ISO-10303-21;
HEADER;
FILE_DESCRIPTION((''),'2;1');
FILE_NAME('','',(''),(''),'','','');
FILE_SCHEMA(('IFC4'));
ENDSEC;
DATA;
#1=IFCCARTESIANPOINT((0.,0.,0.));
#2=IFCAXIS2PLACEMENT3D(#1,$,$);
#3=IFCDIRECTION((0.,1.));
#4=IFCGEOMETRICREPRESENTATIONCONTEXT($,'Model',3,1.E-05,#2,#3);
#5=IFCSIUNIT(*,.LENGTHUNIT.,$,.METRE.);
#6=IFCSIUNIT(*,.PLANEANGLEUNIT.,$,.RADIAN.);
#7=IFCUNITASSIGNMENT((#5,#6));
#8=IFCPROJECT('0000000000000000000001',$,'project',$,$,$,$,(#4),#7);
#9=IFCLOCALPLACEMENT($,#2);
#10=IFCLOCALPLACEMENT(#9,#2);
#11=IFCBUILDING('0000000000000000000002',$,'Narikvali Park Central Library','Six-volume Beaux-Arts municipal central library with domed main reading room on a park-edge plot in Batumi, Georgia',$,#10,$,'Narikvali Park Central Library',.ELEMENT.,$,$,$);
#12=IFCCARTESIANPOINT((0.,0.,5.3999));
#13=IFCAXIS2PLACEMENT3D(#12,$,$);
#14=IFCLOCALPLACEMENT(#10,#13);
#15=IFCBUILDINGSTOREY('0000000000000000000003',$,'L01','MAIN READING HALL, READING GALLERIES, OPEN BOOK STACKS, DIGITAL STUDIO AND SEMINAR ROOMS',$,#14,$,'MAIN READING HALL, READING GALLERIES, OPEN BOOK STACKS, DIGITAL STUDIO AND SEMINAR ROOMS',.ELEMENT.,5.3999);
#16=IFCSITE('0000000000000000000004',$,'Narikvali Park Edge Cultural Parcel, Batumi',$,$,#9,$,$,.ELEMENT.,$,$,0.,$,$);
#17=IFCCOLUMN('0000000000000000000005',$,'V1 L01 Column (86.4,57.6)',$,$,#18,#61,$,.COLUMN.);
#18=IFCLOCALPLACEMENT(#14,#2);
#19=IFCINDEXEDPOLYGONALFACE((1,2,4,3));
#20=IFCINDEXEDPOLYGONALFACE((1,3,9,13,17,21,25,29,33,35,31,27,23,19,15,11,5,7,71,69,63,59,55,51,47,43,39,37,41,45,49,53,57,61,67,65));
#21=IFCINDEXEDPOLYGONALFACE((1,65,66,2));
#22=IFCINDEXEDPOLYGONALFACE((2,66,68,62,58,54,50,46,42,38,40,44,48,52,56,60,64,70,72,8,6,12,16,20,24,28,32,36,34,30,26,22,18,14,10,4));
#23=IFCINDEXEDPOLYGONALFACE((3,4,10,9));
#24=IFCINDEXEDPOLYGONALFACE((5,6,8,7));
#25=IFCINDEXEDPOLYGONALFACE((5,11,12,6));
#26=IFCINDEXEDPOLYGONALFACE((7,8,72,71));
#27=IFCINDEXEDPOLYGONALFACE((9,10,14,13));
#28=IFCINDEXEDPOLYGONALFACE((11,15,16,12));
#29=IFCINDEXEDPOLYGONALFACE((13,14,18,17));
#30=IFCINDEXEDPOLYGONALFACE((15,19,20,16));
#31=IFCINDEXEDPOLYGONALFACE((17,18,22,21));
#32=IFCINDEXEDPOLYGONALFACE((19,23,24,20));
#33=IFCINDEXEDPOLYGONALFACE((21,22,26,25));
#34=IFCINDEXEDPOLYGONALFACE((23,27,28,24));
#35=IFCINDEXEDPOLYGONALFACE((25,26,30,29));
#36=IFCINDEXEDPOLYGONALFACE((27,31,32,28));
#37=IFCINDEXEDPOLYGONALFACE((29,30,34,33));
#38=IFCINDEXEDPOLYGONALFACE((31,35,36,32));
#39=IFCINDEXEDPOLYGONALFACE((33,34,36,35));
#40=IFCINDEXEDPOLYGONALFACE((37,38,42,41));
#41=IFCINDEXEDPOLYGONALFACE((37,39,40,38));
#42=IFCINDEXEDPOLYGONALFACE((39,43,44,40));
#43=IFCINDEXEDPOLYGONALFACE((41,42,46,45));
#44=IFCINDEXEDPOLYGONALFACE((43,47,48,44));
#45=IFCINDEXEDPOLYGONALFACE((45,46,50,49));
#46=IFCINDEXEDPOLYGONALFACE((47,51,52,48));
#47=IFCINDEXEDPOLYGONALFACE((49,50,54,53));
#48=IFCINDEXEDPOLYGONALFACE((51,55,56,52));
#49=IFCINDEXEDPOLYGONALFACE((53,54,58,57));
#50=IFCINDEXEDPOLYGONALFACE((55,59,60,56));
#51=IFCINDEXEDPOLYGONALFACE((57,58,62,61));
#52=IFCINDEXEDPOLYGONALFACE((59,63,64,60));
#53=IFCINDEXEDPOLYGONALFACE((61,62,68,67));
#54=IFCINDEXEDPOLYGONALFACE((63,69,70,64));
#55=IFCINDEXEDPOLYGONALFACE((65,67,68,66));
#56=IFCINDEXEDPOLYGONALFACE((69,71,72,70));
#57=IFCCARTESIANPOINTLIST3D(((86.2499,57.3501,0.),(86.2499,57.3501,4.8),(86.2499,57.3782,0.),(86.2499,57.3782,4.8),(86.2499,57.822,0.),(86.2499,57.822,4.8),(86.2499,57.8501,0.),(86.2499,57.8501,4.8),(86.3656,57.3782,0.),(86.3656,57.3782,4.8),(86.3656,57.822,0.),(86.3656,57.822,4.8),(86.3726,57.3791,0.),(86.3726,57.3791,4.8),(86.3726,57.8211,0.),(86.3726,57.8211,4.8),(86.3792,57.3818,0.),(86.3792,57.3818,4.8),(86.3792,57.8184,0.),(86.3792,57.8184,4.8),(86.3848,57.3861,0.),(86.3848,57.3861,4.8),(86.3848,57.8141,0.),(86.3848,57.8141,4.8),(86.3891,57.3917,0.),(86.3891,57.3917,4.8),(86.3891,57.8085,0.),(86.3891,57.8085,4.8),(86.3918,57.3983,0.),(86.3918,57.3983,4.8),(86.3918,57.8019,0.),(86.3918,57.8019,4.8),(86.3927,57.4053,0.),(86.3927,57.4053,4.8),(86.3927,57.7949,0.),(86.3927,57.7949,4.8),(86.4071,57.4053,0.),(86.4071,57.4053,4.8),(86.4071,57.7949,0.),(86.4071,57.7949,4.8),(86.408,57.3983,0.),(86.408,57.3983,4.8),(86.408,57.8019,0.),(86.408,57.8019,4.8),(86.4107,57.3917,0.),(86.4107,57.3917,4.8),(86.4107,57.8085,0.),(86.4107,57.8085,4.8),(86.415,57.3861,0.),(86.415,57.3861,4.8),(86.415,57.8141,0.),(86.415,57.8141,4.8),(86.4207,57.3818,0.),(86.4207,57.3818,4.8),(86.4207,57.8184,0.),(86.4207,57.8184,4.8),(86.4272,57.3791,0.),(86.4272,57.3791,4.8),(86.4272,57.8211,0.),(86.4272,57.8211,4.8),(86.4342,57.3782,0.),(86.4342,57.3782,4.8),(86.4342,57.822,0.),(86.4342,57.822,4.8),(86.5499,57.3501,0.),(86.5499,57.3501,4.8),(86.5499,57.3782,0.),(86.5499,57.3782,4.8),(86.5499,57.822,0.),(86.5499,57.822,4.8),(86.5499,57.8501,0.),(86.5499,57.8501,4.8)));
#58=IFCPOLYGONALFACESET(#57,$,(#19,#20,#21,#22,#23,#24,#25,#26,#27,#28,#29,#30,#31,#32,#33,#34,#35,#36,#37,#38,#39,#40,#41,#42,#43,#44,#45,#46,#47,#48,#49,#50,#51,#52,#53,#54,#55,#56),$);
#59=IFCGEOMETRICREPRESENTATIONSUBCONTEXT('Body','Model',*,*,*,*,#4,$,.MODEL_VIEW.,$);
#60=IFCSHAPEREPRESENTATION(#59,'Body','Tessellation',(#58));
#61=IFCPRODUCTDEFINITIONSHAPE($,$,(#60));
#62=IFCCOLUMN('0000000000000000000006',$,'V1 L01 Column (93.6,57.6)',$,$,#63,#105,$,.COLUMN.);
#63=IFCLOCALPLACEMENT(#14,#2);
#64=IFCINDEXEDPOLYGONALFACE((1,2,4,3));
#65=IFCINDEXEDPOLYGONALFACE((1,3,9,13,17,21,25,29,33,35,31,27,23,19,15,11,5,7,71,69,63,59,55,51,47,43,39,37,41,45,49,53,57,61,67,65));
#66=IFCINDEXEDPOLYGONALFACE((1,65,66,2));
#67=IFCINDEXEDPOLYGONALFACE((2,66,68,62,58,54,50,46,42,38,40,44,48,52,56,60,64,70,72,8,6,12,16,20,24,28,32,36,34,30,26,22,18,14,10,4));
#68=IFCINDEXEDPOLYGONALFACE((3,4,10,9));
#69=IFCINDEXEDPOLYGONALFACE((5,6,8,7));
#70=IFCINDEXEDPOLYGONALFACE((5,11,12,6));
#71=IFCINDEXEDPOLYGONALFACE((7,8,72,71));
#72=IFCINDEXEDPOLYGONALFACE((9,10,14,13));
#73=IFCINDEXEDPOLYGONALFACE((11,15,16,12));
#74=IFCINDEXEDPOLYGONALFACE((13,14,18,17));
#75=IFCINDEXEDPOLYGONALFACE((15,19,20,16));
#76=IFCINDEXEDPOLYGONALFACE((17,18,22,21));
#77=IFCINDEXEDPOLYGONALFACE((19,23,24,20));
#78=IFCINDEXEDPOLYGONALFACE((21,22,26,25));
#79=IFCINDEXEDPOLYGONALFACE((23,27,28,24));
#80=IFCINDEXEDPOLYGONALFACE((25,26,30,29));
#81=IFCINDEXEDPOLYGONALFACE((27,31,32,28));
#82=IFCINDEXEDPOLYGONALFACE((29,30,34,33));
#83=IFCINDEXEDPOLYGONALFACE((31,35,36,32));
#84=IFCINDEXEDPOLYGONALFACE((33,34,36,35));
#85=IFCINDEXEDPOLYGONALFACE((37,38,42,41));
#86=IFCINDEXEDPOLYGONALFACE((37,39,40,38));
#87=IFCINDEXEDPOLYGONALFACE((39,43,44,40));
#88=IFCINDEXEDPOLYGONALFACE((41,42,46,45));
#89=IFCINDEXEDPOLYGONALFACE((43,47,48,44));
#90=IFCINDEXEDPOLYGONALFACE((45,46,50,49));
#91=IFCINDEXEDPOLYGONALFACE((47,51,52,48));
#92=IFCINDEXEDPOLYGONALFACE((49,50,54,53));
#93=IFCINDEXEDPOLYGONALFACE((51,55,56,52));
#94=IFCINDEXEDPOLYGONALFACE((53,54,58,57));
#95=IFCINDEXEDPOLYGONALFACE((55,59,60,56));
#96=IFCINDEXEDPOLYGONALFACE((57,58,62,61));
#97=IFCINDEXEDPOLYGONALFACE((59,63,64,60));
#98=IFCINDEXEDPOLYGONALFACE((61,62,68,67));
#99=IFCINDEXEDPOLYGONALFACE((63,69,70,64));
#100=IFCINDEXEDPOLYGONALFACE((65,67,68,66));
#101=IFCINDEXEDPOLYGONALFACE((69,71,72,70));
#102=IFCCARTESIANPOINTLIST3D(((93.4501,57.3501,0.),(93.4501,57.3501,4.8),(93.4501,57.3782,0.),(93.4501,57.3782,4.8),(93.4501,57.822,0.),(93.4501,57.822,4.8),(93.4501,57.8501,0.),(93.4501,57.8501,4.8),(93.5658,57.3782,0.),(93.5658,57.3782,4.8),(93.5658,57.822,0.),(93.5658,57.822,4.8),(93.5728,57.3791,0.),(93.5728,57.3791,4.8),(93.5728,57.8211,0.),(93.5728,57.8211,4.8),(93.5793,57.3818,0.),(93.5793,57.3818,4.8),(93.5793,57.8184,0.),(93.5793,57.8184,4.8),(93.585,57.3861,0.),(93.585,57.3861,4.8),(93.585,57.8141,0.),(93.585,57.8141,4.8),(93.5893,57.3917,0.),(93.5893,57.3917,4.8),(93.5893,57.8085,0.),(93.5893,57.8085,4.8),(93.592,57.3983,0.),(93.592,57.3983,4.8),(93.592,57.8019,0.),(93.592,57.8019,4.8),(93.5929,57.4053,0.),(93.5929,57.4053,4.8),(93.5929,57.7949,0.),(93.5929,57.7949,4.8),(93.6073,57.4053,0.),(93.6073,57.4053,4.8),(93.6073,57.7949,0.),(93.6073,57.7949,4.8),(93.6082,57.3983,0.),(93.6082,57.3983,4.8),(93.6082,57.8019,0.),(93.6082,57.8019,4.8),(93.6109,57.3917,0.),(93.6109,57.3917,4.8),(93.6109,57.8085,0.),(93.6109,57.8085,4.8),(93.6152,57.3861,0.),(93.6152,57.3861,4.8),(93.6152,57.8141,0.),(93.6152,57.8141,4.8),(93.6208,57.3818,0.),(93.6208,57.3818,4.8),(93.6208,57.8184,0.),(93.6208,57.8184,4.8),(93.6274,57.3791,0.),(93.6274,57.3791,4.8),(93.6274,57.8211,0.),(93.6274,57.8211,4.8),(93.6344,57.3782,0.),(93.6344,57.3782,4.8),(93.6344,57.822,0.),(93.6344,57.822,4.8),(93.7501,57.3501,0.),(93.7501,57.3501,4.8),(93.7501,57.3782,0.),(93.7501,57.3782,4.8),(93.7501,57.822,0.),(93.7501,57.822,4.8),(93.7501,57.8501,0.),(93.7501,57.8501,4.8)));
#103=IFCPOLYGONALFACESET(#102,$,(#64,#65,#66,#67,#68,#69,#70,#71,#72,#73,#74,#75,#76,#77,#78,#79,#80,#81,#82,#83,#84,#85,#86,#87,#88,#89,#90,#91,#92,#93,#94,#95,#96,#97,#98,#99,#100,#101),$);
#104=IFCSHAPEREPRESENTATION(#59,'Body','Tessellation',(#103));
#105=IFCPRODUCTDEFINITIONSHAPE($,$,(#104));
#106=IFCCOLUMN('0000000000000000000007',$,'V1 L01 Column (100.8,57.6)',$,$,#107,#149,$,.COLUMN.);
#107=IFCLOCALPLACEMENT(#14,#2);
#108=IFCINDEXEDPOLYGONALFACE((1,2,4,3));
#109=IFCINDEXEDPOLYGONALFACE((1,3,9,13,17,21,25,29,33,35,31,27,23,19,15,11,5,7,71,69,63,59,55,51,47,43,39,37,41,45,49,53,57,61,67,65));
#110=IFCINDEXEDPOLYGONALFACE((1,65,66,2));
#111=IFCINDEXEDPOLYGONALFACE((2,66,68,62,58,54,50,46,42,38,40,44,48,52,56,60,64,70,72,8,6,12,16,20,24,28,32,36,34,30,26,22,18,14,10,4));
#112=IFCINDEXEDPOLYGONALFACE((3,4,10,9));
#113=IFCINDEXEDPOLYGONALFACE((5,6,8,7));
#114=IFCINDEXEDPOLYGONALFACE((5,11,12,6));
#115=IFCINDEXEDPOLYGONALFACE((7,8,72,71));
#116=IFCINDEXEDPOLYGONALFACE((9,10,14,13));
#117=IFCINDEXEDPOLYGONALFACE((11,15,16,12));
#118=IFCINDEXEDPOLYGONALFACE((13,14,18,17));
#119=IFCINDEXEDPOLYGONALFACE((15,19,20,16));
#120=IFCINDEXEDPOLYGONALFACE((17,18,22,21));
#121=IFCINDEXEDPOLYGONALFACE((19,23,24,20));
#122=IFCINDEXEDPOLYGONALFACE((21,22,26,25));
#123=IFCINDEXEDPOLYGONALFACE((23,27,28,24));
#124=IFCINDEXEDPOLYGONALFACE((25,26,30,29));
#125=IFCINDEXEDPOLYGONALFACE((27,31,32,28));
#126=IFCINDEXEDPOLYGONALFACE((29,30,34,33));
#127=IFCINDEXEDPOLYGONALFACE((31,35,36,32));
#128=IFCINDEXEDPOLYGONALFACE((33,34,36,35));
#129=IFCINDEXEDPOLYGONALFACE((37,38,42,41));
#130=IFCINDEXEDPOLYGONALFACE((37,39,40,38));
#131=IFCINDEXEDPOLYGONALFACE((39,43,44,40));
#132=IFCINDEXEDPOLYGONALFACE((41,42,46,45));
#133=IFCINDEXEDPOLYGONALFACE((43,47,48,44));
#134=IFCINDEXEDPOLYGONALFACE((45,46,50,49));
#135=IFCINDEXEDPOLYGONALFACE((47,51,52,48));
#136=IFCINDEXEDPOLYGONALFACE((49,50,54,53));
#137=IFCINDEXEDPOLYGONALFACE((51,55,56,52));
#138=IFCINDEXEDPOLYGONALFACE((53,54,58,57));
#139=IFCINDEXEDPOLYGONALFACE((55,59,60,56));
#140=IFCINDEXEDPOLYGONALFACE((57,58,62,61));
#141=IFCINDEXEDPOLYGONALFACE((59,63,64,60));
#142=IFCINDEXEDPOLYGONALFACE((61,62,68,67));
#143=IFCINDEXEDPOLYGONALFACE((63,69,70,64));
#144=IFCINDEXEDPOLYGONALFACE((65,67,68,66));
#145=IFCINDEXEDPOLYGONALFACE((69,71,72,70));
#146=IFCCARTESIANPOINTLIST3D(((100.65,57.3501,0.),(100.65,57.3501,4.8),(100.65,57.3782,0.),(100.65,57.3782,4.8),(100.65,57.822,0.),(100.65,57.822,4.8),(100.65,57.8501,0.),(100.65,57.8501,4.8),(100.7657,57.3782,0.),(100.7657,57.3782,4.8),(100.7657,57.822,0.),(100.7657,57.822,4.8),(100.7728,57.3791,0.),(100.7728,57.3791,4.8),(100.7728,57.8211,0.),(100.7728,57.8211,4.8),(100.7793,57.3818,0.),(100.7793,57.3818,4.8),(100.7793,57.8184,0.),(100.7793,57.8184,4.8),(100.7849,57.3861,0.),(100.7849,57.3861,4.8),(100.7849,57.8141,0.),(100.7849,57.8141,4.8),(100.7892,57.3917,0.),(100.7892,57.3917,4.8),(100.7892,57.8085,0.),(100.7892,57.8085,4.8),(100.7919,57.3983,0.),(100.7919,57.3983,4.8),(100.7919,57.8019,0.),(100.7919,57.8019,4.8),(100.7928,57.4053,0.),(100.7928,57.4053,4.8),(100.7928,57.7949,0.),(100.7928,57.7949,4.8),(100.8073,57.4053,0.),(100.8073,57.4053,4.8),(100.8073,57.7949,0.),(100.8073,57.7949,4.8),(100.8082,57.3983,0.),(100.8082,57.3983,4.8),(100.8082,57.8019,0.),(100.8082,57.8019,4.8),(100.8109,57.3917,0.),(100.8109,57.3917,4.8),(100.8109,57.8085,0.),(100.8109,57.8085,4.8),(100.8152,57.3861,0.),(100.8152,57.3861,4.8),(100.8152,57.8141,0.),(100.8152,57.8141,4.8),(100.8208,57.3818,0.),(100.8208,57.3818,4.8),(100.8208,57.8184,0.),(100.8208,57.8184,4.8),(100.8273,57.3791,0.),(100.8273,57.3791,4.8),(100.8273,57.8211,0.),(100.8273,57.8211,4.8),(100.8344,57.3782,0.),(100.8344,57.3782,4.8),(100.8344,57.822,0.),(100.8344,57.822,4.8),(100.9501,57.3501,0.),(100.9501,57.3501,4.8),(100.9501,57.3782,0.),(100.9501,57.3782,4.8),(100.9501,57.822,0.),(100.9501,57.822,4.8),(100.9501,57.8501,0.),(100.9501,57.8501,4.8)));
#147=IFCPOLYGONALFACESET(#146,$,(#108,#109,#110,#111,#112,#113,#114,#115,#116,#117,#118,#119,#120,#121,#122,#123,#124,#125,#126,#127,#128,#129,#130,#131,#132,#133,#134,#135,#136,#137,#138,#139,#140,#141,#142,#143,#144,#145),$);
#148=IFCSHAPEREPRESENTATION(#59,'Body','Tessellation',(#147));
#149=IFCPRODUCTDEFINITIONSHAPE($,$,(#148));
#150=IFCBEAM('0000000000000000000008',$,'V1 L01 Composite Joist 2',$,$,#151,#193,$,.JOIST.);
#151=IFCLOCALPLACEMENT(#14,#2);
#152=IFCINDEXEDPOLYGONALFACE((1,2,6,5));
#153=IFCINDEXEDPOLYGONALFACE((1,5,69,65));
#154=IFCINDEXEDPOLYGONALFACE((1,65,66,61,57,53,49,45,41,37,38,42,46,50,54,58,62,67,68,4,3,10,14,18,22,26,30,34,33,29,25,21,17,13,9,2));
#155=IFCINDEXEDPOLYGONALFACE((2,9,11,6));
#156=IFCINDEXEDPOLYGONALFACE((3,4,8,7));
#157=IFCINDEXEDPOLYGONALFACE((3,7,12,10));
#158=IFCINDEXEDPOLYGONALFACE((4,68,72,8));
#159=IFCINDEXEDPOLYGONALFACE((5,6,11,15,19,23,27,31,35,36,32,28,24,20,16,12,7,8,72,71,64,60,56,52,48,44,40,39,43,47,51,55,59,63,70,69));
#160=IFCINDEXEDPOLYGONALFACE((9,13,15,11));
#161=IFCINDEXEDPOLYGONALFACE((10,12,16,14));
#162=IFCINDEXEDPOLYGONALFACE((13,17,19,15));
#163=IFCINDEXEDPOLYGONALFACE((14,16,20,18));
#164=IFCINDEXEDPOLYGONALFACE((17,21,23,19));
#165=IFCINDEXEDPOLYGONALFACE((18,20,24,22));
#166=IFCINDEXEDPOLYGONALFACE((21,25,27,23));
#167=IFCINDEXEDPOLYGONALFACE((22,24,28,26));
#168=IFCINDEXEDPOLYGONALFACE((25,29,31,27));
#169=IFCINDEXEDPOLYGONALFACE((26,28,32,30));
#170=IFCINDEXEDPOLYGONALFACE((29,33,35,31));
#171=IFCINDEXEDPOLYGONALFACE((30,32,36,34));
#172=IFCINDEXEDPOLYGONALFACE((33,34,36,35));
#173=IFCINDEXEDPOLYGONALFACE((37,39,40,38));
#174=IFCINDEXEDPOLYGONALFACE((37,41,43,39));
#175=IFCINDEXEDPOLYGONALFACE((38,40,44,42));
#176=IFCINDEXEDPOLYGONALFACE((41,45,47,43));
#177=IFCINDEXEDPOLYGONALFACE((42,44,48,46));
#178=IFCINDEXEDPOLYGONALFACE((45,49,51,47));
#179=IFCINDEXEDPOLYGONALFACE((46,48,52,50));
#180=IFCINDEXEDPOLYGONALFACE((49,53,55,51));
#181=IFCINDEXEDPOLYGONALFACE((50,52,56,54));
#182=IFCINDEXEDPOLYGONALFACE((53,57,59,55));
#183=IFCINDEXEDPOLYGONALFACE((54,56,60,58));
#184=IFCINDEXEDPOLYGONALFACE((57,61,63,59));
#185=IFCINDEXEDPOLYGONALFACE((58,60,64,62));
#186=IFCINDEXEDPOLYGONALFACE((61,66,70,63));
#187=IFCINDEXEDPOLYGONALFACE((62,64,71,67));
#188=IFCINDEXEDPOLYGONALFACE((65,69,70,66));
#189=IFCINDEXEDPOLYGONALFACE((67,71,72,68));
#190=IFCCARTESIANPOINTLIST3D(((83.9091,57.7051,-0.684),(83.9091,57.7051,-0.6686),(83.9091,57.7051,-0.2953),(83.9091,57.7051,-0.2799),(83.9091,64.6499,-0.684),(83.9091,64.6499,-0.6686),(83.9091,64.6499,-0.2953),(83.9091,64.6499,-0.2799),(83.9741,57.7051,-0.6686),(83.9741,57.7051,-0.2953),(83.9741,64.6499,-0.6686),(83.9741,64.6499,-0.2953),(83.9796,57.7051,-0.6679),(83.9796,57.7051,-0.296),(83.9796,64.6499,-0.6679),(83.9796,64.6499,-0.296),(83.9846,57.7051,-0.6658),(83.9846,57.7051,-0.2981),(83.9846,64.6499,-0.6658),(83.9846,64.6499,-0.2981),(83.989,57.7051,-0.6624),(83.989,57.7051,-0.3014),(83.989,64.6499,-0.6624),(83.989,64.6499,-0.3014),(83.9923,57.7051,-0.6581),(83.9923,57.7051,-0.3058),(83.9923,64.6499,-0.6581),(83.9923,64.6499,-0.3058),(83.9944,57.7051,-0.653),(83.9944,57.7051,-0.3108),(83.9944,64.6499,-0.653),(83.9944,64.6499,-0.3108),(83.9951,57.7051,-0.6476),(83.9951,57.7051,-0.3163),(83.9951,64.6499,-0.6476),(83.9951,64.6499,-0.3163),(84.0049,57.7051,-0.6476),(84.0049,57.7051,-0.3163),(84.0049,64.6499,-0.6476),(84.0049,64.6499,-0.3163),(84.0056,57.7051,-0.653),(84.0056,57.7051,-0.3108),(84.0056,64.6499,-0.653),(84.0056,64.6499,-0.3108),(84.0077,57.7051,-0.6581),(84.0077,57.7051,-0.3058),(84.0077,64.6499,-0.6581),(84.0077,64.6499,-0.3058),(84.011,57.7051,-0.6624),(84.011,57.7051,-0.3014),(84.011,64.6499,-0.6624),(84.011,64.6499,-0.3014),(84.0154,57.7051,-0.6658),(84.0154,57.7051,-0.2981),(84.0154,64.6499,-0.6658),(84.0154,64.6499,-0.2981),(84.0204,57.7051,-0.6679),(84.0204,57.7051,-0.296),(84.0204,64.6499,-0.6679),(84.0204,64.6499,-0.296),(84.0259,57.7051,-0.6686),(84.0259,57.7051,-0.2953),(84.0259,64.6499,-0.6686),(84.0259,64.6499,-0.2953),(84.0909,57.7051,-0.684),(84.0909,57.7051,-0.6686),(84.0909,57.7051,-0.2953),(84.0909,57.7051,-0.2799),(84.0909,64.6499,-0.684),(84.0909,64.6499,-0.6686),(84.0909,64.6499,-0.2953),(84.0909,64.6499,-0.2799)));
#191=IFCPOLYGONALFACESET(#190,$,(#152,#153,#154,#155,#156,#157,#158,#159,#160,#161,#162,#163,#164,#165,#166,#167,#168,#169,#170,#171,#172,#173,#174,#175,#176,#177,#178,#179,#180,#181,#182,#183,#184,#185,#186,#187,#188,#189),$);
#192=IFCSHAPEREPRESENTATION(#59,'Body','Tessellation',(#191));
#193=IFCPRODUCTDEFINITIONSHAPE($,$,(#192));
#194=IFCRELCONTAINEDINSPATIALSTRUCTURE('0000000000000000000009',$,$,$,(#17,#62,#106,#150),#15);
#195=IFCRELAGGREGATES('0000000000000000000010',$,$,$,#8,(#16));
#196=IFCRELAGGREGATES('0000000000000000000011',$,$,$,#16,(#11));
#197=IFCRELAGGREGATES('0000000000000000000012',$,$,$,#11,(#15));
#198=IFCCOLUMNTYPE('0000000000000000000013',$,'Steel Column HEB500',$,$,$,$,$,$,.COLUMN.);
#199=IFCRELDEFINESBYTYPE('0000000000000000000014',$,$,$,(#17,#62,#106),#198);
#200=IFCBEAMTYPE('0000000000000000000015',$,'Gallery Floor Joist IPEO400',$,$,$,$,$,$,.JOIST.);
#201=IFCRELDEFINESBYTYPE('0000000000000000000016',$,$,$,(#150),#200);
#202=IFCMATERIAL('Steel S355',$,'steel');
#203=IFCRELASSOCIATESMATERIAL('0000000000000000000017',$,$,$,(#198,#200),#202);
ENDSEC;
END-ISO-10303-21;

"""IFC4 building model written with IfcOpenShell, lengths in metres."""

from ifc_helpers import new_model, si_unit, direction, frame, origin, origin_2d, place, context, subcontext, project, spatial, i_section, extrude, material, material_profile, profile_set, type_object, element, save


model = new_model("IFC4")

# Units and contexts
model_context = context("Model", 3, precision=1e-05, world=origin(), true_north=direction((0.0, 1.0)))
body_context = subcontext(model_context, "Body", "Model", "MODEL_VIEW")
ifc_project = project(units=[si_unit("LENGTHUNIT", "METRE"), si_unit("PLANEANGLEUNIT", "RADIAN")], contexts=[model_context])

# Site, building, storey
site_placement = place(None, origin())
site = spatial("IfcSite", under=ifc_project, at=site_placement, Name="Narikvali Park Edge Cultural Parcel, Batumi", CompositionType="ELEMENT", RefElevation=0.0)
building_placement = place(site_placement, origin())
building = spatial("IfcBuilding", under=site, at=building_placement, Name="Narikvali Park Central Library", Description="Six-volume Beaux-Arts municipal central library with domed main reading room on a park-edge plot in Batumi, Georgia", LongName="Narikvali Park Central Library", CompositionType="ELEMENT")
storey_placement = place(building_placement, frame((0.0, 0.0, 5.3999)))
storey = spatial("IfcBuildingStorey", under=building, at=storey_placement, Name="L01", Description="MAIN READING HALL, READING GALLERIES, OPEN BOOK STACKS, DIGITAL STUDIO AND SEMINAR ROOMS", LongName="MAIN READING HALL, READING GALLERIES, OPEN BOOK STACKS, DIGITAL STUDIO AND SEMINAR ROOMS", CompositionType="ELEMENT", Elevation=5.3999)

# Columns
ifc_material_1 = material(Name="Steel S355", Category="steel")
ifc_material_profile_1 = material_profile(ifc_material_1, i_section(OverallWidth=0.3, OverallDepth=0.5, WebThickness=0.0144, FlangeThickness=0.0281, FilletRadius=0.0271, at=origin_2d()), Name="HEB 500")
ifc_profile_set_1 = profile_set([ifc_material_profile_1], Name="Steel S355")
column_type = type_object("IfcColumnType", Name="Steel Column HEB500", PredefinedType="COLUMN", material=ifc_profile_set_1)
for number, where, z_axis, x_axis, name in (
    (1, (86.3999, 57.6001, 0.0), (0.0, 0.0, 1.0), (1.0, 0.0, 0.0), "V1 L01 Column (86.4,57.6)"),
    (2, (93.6001, 57.6001, 0.0), (0.0, 0.0, 1.0), (1.0, 0.0, 0.0), "V1 L01 Column (93.6,57.6)"),
    (3, (100.8, 57.6001, 0.0), (0.0, 0.0, 1.0), (1.0, 0.0, 0.0), "V1 L01 Column (100.8,57.6)"),
):
    element("IfcColumn", number, at=place(storey_placement, frame(where, z_axis=z_axis, x_axis=x_axis)), inside=storey, type_object=column_type, Name=name, PredefinedType="COLUMN", context=body_context, shape_type="SweptSolid", body=[
        extrude(i_section(OverallWidth=0.3, OverallDepth=0.5, WebThickness=0.0144, FlangeThickness=0.0281, FilletRadius=0.0271, at=origin_2d()), origin(), (0.0, 0.0, 1.0), 4.8),
    ])

# Beam
ifc_material_profile_2 = material_profile(ifc_material_1, i_section(OverallWidth=0.1819, OverallDepth=0.4041, WebThickness=0.0098, FlangeThickness=0.0154, FilletRadius=0.021, at=origin_2d()), Name="IPEO 400")
ifc_profile_set_2 = profile_set([ifc_material_profile_2], Name="Steel S355")
beam_type_1 = type_object("IfcBeamType", Name="Gallery Floor Joist IPEO400", PredefinedType="JOIST", material=ifc_profile_set_2)
for number, where, z_axis, x_axis, name in (
    (4, (84.0, 57.7051, -0.4819), (0.0, 1.0, 0.0), (-1.0, 0.0, 0.0), "V1 L01 Composite Joist 2"),
):
    element("IfcBeam", number, at=place(storey_placement, frame(where, z_axis=z_axis, x_axis=x_axis)), inside=storey, type_object=beam_type_1, Name=name, PredefinedType="JOIST", context=body_context, shape_type="SweptSolid", body=[
        extrude(i_section(OverallWidth=0.1819, OverallDepth=0.4041, WebThickness=0.0098, FlangeThickness=0.0154, FilletRadius=0.021, at=origin_2d()), origin(), (0.0, 0.0, 1.0), 6.9448),
    ])

save(model, "model.ifc")
